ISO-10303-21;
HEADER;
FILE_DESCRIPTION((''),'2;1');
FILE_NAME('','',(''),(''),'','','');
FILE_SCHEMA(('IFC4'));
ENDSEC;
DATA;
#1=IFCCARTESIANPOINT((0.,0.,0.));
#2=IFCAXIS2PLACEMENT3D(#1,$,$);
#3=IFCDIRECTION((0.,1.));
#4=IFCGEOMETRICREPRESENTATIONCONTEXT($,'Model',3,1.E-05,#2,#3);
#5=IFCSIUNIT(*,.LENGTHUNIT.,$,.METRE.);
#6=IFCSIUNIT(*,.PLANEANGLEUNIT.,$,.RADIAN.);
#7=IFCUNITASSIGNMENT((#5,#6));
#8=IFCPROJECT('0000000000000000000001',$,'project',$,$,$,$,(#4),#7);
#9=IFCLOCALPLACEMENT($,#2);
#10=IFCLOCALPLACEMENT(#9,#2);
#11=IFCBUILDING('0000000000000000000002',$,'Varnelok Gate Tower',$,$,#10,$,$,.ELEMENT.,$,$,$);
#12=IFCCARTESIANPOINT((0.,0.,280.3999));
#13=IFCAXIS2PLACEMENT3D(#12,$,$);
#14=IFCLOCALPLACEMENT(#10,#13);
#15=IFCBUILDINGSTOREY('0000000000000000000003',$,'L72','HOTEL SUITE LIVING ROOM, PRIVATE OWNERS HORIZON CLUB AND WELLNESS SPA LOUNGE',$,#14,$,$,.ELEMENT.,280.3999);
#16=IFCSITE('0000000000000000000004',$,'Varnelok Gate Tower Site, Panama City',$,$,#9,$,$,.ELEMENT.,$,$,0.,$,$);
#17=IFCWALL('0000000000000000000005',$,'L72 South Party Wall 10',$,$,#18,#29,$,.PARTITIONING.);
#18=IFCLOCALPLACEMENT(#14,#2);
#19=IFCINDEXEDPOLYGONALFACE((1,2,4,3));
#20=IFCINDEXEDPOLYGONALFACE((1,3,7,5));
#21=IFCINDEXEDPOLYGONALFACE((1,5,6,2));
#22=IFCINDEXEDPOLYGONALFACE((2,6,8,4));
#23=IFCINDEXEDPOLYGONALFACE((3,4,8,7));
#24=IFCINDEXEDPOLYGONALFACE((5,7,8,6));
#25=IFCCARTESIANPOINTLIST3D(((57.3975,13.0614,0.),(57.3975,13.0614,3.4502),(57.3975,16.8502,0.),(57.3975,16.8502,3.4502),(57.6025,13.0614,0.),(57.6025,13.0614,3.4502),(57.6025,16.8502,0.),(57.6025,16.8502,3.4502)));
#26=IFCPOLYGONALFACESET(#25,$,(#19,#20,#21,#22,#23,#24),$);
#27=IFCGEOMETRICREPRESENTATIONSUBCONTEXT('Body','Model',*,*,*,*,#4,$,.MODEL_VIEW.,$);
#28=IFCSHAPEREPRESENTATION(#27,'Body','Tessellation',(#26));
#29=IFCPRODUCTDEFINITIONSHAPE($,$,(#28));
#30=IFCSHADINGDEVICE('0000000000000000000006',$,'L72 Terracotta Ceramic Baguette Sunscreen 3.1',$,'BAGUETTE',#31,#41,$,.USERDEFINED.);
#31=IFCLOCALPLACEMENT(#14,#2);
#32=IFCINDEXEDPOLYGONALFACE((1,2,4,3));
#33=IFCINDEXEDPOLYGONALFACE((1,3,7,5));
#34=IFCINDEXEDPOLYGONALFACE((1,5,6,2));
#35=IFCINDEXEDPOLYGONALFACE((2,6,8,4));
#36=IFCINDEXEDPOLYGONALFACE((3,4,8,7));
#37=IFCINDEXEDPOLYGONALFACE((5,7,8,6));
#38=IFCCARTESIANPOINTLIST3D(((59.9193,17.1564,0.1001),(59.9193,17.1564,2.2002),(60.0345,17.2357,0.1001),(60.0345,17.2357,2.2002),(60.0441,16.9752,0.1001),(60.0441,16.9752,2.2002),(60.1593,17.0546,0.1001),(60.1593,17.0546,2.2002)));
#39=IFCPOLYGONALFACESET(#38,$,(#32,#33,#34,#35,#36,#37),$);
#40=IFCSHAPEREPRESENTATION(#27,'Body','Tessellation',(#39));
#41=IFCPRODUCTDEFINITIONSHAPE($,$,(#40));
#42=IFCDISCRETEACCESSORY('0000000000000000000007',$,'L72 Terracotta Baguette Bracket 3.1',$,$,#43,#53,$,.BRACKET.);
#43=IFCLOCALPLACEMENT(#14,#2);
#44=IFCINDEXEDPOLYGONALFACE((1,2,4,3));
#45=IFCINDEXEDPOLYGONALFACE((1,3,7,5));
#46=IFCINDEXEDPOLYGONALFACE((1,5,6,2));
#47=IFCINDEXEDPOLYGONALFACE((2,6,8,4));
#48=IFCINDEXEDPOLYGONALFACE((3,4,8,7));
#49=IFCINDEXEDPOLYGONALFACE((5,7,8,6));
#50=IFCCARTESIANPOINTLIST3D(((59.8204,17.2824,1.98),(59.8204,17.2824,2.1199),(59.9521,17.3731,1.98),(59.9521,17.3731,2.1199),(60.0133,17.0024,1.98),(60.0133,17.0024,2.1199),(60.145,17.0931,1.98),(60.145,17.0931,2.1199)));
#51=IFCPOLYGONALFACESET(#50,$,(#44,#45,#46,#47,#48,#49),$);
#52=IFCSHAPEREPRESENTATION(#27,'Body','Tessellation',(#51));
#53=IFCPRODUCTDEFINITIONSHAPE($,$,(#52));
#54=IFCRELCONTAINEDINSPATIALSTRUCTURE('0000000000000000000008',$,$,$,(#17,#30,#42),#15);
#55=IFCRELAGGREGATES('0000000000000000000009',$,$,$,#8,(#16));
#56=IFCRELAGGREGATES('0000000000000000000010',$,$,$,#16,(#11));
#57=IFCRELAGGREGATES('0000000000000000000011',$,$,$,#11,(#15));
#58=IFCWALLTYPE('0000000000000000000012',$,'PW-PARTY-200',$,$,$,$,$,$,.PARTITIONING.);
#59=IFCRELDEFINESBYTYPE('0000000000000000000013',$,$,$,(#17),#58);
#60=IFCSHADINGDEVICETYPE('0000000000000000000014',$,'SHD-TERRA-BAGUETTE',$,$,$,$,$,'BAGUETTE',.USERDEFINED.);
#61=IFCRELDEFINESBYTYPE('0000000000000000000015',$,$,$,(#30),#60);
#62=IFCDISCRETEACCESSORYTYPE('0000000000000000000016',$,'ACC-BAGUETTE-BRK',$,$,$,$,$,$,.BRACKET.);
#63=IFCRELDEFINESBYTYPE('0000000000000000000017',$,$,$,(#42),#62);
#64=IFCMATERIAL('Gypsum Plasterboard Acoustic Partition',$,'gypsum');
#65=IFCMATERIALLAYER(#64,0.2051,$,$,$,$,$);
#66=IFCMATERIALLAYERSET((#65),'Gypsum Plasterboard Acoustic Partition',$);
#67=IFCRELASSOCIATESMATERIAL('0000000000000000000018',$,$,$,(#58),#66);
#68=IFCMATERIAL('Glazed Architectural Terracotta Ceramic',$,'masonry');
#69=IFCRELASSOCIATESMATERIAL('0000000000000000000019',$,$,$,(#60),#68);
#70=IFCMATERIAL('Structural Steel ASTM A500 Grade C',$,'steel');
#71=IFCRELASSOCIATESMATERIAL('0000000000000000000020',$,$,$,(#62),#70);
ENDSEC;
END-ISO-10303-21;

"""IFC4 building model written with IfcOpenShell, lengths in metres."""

from ifc_helpers import new_model, si_unit, direction, frame, frame_2d, origin, origin_2d, place, context, subcontext, project, spatial, rectangle, extrude, source, transform, mapped, material, layer, layer_set, type_object, element, save


model = new_model("IFC4")

# Units and contexts
model_context = context("Model", 3, precision=1e-05, world=origin(), true_north=direction((0.0, 1.0)))
body_context = subcontext(model_context, "Body", "Model", "MODEL_VIEW")
ifc_project = project(units=[si_unit("LENGTHUNIT", "METRE"), si_unit("PLANEANGLEUNIT", "RADIAN")], contexts=[model_context])

# Site, building, storey
site_placement = place(None, origin())
site = spatial("IfcSite", under=ifc_project, at=site_placement, Name="Varnelok Gate Tower Site, Panama City", CompositionType="ELEMENT", RefElevation=0.0)
building_placement = place(site_placement, origin())
building = spatial("IfcBuilding", under=site, at=building_placement, Name="Varnelok Gate Tower", CompositionType="ELEMENT")
storey_placement = place(building_placement, frame((0.0, 0.0, 280.3999)))
storey = spatial("IfcBuildingStorey", under=building, at=storey_placement, Name="L72", Description="HOTEL SUITE LIVING ROOM, PRIVATE OWNERS HORIZON CLUB AND WELLNESS SPA LOUNGE", CompositionType="ELEMENT", Elevation=280.3999)

# Shared definitions
ifc_material_1 = material(Name="Gypsum Plasterboard Acoustic Partition", Category="gypsum")

# Wall
ifc_layer_1 = layer(ifc_material_1, 0.2051)
ifc_layer_set_1 = layer_set([ifc_layer_1], Name="Gypsum Plasterboard Acoustic Partition")
wall_type_1 = type_object("IfcWallType", Name="PW-PARTY-200", PredefinedType="PARTITIONING", material=ifc_layer_set_1)
wall_1_placement = place(storey_placement, frame((57.5, 13.0613, 0.0), z_axis=(0.0, 0.0, 1.0), x_axis=(0.0, 1.0, 0.0)))
element("IfcWall", 1, at=wall_1_placement, inside=storey, type_object=wall_type_1, Name="L72 South Party Wall 10", PredefinedType="PARTITIONING", context=body_context, shape_type="SweptSolid", body=[
    extrude(rectangle(XDim=3.7888, YDim=0.2051, at=frame_2d((1.8945, 0.0))), origin(), (0.0, 0.0, 1.0), 3.4502),
])

# Shading device
ifc_material_2 = material(Name="Glazed Architectural Terracotta Ceramic", Category="masonry")
shading_device_type = type_object("IfcShadingDeviceType", Name="SHD-TERRA-BAGUETTE", ElementType="BAGUETTE", PredefinedType="USERDEFINED", material=ifc_material_2)
shared_shape_1 = source(origin(), body_context, "Body", "SweptSolid", [
    extrude(rectangle(XDim=0.1399, YDim=0.22, at=origin_2d()), origin(), (0.0, 0.0, 1.0), 2.1001),
])
shading_device_placement = place(storey_placement, frame((60.0393, 17.1055, 0.1001), z_axis=(0.0, 0.0, 1.0), x_axis=(0.823533, 0.567269, 0.0)))
element("IfcShadingDevice", 2, at=shading_device_placement, inside=storey, type_object=shading_device_type, Name="L72 Terracotta Ceramic Baguette Sunscreen 3.1", ObjectType="BAGUETTE", PredefinedType="USERDEFINED", context=body_context, shape_type="MappedRepresentation", body=[
    mapped(shared_shape_1, transform((0.0, 0.0, 0.0), scale=1.0)),
])

# Discrete accessory
ifc_material_3 = material(Name="Structural Steel ASTM A500 Grade C", Category="steel")
discrete_accessory_type = type_object("IfcDiscreteAccessoryType", Name="ACC-BAGUETTE-BRK", PredefinedType="BRACKET", material=ifc_material_3)
shared_shape_2 = source(origin(), body_context, "Body", "SweptSolid", [
    extrude(rectangle(XDim=0.1599, YDim=0.3401, at=origin_2d()), origin(), (0.0, 0.0, 1.0), 0.1399),
])
discrete_accessory_placement = place(storey_placement, frame((59.9827, 17.1877, 1.98), z_axis=(0.0, 0.0, 1.0), x_axis=(0.823533, 0.567269, 0.0)))
element("IfcDiscreteAccessory", 3, at=discrete_accessory_placement, inside=storey, type_object=discrete_accessory_type, Name="L72 Terracotta Baguette Bracket 3.1", PredefinedType="BRACKET", context=body_context, shape_type="MappedRepresentation", body=[
    mapped(shared_shape_2, transform((0.0, 0.0, 0.0), scale=1.0)),
])

save(model, "model.ifc")
